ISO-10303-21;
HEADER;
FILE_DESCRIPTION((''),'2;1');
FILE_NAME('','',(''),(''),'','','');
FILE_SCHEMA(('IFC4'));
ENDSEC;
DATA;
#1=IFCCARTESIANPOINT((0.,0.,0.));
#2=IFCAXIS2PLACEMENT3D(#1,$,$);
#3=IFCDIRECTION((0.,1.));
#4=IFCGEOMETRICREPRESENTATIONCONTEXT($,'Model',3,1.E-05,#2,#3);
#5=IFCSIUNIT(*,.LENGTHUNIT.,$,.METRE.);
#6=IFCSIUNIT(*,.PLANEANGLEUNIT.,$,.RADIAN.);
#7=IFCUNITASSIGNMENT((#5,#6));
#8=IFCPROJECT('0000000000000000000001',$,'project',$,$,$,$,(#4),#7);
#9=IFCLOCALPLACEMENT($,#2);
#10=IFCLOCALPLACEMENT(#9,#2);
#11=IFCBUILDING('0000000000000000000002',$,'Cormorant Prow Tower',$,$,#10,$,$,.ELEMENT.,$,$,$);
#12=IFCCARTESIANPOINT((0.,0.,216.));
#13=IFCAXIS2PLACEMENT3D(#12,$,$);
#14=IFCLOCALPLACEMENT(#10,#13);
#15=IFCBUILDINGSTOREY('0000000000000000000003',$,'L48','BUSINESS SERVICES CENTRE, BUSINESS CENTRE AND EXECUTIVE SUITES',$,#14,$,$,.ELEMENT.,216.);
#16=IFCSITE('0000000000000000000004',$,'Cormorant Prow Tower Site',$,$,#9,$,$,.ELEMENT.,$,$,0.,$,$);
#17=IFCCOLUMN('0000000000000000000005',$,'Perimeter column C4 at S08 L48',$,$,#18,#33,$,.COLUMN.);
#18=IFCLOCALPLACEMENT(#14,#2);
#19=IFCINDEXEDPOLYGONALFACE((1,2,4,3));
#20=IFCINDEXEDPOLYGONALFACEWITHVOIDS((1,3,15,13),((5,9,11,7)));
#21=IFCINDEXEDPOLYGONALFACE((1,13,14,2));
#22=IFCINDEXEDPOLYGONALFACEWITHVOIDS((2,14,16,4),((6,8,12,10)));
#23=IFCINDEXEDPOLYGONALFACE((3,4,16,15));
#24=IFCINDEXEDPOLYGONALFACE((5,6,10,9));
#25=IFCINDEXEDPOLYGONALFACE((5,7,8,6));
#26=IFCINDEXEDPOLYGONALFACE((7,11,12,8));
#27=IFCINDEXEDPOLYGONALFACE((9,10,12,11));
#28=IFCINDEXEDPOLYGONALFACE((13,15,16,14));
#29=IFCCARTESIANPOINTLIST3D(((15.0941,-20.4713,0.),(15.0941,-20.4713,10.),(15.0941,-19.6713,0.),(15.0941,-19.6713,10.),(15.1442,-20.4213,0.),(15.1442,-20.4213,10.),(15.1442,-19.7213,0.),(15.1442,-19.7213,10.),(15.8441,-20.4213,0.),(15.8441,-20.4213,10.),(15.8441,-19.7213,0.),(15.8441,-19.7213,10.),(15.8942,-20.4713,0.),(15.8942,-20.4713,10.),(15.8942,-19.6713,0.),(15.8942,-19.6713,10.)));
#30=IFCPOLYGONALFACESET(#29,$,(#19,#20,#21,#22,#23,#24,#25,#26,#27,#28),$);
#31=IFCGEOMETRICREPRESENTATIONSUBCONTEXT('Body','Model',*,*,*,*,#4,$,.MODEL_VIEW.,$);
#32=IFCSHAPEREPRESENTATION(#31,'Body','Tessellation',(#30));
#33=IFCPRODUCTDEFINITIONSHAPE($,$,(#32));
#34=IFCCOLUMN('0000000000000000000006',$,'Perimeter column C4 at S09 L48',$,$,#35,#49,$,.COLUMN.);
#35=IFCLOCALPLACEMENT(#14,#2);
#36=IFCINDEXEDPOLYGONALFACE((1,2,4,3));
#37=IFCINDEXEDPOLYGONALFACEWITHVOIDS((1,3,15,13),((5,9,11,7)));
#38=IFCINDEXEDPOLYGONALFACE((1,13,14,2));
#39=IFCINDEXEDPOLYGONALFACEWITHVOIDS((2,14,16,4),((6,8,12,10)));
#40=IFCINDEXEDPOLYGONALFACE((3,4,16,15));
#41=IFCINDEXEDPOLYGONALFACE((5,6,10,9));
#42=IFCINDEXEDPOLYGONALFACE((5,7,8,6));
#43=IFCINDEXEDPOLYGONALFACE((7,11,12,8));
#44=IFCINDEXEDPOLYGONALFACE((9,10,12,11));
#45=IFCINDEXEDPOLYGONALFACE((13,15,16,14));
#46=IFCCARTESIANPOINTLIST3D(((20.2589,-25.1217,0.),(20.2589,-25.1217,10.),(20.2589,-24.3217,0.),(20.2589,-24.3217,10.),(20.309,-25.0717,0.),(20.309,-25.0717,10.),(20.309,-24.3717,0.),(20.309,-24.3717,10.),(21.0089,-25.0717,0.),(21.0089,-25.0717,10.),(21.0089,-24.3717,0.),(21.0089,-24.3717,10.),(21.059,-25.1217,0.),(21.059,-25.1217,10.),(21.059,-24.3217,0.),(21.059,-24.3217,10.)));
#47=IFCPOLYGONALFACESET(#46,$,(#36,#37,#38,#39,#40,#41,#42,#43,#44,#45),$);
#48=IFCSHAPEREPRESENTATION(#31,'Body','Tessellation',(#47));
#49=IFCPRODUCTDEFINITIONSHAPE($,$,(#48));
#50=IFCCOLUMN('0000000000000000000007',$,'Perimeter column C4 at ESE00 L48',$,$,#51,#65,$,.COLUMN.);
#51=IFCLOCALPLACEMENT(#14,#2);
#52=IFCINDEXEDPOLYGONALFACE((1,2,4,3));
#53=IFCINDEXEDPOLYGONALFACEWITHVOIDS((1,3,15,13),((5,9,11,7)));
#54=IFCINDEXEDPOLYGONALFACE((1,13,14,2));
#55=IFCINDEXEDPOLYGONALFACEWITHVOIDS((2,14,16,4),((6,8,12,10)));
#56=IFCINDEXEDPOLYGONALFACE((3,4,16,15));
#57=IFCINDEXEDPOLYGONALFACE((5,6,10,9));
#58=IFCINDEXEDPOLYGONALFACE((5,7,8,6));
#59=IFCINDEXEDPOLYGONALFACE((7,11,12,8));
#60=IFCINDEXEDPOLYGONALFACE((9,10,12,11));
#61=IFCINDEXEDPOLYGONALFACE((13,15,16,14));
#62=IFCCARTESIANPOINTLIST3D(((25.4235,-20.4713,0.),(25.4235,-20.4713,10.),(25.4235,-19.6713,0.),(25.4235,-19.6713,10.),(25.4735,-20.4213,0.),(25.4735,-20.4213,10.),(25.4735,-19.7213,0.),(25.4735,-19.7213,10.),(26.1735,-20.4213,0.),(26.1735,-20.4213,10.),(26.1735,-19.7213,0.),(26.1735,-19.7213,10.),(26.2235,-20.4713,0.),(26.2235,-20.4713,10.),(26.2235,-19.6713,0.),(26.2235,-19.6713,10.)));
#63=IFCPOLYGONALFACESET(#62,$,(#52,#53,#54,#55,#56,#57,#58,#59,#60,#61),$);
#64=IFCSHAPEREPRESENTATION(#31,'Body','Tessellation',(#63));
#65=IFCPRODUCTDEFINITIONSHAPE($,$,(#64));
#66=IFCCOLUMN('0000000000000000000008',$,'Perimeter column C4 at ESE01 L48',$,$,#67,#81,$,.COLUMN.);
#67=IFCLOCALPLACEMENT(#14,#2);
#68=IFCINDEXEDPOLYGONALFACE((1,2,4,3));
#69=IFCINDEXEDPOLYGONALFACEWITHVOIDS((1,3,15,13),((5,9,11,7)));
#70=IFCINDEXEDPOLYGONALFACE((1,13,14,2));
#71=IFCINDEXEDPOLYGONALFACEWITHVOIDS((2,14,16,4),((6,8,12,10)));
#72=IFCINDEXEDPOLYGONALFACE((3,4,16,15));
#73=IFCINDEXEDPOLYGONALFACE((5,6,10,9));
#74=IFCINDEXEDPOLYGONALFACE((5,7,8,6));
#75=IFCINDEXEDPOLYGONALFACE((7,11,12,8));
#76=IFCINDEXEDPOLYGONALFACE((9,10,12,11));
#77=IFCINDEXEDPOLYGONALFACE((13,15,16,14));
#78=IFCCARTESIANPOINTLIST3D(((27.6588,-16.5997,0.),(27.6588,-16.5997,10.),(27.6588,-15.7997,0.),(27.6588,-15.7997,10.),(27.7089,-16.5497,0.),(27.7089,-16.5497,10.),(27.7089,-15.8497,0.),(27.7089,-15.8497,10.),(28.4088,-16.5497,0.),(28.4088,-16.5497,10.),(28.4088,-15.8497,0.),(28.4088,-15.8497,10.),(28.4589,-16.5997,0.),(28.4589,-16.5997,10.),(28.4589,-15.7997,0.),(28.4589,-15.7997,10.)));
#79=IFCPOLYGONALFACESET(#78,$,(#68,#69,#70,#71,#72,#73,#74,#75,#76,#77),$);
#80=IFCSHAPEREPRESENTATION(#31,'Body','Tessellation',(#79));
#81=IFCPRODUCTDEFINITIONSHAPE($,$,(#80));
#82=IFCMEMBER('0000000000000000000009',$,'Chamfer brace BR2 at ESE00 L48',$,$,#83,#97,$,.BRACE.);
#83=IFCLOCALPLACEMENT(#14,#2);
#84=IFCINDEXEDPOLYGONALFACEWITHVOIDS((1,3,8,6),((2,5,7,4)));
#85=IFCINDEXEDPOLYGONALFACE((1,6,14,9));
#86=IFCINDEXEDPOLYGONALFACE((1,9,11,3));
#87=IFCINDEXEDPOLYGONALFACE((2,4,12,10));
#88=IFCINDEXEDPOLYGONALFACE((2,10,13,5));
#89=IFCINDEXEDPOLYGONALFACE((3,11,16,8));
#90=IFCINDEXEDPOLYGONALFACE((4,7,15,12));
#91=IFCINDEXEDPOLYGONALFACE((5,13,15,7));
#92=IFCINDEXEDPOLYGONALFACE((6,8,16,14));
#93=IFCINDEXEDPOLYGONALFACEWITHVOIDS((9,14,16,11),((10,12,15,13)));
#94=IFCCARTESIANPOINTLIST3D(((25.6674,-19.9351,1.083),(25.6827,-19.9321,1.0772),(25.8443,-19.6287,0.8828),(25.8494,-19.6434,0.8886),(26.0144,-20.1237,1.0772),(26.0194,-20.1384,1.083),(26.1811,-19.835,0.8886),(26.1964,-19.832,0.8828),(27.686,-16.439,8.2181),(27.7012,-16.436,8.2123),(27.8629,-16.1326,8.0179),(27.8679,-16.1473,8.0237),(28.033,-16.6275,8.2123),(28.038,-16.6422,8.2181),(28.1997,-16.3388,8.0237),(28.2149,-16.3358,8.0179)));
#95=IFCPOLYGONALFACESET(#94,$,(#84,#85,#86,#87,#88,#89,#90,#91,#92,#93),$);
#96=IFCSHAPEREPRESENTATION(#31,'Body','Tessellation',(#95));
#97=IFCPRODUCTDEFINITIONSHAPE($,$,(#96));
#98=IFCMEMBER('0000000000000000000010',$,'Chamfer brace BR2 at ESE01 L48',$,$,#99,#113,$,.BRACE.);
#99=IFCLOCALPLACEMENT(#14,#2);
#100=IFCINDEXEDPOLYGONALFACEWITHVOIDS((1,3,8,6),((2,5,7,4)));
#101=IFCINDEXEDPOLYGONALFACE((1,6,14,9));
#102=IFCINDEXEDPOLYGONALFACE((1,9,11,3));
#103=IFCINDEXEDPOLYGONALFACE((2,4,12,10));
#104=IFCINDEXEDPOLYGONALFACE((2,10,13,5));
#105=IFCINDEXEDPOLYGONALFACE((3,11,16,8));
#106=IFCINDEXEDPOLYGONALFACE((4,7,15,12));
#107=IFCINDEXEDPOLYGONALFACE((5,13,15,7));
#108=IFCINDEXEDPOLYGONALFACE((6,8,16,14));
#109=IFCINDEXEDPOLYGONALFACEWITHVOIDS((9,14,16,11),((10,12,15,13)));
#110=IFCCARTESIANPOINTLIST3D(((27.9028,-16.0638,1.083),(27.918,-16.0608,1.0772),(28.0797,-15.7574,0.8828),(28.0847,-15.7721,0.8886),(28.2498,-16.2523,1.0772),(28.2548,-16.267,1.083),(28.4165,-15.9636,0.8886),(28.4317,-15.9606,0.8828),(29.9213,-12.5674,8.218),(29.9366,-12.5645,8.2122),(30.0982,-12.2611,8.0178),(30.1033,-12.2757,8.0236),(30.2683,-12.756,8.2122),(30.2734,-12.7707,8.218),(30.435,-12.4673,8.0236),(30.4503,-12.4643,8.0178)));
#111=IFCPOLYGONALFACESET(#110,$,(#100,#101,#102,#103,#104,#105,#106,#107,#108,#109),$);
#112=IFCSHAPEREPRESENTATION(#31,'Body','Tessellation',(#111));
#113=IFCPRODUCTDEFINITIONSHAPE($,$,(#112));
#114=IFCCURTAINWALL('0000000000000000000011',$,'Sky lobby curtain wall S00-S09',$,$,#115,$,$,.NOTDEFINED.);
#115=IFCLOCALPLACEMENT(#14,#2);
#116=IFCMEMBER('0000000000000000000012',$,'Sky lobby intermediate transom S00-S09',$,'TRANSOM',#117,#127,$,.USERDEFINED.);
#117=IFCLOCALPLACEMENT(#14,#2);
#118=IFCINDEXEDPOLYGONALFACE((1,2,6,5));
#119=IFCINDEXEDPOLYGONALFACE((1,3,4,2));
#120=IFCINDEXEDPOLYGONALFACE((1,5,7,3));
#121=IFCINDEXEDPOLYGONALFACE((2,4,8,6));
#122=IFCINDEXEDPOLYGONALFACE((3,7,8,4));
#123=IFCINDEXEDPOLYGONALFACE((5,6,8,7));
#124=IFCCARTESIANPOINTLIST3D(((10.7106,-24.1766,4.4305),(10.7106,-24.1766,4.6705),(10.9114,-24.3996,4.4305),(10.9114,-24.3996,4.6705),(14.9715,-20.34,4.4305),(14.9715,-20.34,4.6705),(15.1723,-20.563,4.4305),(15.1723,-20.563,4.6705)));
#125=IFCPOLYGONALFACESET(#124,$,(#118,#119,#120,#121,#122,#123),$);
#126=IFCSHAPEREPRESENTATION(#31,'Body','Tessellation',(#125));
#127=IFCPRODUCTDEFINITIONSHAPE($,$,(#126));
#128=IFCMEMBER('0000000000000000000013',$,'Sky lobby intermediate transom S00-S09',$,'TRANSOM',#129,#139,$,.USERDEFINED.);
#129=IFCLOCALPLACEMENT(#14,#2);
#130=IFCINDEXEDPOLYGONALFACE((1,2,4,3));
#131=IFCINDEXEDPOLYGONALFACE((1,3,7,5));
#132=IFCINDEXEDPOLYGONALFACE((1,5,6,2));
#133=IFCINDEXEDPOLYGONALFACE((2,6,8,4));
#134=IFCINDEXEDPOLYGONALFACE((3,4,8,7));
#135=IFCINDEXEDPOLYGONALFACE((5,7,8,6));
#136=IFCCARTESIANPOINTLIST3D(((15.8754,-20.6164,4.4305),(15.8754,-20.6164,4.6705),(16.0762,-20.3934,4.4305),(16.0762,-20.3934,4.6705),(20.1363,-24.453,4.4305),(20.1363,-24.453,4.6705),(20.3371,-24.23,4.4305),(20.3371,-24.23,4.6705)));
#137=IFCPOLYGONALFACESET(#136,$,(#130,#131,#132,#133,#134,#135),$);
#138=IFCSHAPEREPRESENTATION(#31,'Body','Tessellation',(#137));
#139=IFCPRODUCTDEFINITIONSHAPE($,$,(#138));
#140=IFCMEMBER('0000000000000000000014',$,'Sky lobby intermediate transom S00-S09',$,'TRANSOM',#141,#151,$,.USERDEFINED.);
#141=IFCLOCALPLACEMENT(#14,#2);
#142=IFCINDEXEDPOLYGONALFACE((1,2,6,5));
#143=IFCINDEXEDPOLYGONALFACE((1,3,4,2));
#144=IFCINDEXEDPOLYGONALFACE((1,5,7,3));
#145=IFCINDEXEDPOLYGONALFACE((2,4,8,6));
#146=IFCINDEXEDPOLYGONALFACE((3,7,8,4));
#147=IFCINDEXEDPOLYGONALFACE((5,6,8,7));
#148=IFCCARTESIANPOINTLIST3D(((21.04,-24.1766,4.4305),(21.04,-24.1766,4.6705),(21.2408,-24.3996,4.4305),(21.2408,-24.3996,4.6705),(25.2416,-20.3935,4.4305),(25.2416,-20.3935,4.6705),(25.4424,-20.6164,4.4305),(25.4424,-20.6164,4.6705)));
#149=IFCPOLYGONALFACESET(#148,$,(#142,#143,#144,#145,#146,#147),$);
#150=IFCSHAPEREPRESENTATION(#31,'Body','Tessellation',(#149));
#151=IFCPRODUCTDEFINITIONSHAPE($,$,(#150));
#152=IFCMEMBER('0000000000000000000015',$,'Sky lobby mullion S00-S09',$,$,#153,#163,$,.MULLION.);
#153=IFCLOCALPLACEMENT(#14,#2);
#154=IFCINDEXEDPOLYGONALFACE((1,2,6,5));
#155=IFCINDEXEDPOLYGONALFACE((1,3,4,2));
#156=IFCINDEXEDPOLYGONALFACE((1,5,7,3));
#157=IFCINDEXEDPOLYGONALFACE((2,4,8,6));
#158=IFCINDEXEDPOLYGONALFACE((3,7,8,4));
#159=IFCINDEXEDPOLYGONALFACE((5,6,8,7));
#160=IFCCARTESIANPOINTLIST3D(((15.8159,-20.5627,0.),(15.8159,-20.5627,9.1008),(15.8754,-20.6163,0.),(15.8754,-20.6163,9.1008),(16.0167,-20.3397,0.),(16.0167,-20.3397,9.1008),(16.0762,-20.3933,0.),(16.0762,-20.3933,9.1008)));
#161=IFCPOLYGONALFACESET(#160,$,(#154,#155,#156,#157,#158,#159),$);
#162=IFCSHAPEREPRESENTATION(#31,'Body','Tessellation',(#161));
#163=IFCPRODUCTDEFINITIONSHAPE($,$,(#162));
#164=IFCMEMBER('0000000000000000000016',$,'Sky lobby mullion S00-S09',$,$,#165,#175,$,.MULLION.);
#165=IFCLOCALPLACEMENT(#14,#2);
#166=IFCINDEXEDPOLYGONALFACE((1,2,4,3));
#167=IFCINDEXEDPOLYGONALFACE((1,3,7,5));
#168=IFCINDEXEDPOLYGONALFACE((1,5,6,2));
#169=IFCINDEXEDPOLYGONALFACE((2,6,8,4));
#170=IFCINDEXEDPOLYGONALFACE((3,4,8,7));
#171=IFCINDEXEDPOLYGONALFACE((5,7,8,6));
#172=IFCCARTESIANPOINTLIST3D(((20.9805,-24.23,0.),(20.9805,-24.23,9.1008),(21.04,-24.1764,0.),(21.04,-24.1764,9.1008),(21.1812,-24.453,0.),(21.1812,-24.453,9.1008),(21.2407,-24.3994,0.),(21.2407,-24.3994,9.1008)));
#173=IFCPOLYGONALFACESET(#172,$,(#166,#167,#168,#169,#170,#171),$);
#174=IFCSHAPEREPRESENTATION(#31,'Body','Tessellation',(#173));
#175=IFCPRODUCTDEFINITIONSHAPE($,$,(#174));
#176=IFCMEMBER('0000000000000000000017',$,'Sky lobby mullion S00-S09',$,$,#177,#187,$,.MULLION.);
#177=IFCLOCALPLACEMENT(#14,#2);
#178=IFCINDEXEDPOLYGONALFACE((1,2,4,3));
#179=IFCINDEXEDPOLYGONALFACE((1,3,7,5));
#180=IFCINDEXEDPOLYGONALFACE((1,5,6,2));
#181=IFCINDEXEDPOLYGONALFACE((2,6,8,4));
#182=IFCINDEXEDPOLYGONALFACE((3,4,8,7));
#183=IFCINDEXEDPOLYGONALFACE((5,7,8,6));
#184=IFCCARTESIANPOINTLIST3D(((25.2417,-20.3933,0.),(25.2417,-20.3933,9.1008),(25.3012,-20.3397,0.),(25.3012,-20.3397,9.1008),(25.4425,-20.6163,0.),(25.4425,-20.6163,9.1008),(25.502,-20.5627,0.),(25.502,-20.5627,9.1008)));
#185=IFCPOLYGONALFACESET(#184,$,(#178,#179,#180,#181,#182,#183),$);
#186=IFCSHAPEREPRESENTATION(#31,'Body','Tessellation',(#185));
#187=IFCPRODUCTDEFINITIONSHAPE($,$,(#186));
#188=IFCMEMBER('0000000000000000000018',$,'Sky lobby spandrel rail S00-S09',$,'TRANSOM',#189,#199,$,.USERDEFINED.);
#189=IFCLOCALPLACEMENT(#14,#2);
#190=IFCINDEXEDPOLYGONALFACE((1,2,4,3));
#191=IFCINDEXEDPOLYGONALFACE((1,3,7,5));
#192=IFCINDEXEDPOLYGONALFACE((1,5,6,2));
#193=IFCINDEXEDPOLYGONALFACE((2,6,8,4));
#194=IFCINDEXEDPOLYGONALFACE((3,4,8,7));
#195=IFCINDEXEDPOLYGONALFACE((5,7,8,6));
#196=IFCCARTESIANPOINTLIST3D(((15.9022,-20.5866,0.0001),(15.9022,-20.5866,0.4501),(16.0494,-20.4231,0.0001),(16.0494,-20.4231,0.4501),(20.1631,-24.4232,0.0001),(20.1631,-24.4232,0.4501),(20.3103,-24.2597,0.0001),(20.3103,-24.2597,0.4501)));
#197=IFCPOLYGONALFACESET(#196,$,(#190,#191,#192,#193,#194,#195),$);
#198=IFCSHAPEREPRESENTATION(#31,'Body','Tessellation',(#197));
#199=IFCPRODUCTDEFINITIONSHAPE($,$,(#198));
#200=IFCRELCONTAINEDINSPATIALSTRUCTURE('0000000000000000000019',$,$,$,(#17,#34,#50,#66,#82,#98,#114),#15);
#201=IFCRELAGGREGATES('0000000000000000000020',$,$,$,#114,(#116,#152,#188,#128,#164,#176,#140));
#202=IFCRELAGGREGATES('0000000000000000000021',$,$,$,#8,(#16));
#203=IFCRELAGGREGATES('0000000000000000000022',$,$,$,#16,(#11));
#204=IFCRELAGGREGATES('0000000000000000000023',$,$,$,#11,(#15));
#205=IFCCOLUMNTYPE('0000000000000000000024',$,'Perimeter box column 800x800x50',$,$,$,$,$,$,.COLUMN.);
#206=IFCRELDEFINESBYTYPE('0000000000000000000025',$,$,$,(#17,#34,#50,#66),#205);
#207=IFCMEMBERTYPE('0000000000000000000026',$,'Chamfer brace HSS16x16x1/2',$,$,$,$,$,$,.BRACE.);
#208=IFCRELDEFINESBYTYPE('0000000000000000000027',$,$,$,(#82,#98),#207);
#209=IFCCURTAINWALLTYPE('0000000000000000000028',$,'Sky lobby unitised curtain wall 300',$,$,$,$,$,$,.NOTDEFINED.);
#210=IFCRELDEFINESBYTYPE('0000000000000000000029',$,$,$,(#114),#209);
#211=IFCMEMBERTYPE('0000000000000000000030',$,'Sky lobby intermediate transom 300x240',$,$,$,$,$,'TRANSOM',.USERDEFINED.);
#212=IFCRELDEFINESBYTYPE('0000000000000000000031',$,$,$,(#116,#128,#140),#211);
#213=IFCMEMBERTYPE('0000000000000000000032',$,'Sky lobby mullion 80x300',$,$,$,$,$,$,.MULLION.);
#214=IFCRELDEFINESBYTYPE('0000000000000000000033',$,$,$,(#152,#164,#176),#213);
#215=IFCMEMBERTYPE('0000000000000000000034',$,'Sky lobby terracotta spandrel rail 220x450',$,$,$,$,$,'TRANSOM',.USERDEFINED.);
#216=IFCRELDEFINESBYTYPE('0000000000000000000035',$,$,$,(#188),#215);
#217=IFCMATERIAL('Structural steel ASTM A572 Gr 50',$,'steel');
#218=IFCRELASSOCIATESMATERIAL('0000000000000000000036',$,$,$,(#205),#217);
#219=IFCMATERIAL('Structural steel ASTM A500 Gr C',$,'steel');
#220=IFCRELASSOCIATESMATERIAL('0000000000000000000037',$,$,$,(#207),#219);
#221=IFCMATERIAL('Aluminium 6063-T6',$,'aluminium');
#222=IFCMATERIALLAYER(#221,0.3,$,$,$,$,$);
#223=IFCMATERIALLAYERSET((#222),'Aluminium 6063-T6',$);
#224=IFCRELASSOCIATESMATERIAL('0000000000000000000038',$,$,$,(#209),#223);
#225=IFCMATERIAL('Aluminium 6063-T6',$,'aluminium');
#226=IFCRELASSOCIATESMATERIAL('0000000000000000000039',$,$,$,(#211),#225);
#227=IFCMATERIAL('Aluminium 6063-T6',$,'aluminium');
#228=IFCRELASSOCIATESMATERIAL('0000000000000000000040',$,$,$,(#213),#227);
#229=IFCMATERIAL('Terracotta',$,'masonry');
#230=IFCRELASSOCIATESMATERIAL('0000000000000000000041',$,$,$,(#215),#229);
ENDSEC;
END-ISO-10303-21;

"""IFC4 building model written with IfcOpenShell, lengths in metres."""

from ifc_helpers import new_model, si_unit, direction, frame, origin, origin_2d, place, context, subcontext, project, spatial, rectangle, hollow_rectangle, extrude, material, layer, layer_set, material_profile, profile_set, type_object, element, aggregate, save


model = new_model("IFC4")

# Units and contexts
model_context = context("Model", 3, precision=1e-05, world=origin(), true_north=direction((0.0, 1.0)))
body_context = subcontext(model_context, "Body", "Model", "MODEL_VIEW")
ifc_project = project(units=[si_unit("LENGTHUNIT", "METRE"), si_unit("PLANEANGLEUNIT", "RADIAN")], contexts=[model_context])

# Site, building, storey
site_placement = place(None, origin())
site = spatial("IfcSite", under=ifc_project, at=site_placement, Name="Cormorant Prow Tower Site", CompositionType="ELEMENT", RefElevation=0.0)
building_placement = place(site_placement, origin())
building = spatial("IfcBuilding", under=site, at=building_placement, Name="Cormorant Prow Tower", CompositionType="ELEMENT")
storey_placement = place(building_placement, frame((0.0, 0.0, 216.0)))
storey = spatial("IfcBuildingStorey", under=building, at=storey_placement, Name="L48", Description="BUSINESS SERVICES CENTRE, BUSINESS CENTRE AND EXECUTIVE SUITES", CompositionType="ELEMENT", Elevation=216.0)

# Columns
ifc_material_1 = material(Name="Structural steel ASTM A572 Gr 50", Category="steel")
ifc_material_profile_1 = material_profile(ifc_material_1, hollow_rectangle(XDim=0.8, YDim=0.8, WallThickness=0.05, at=origin_2d()), Name="Box 800x800x50")
ifc_profile_set_1 = profile_set([ifc_material_profile_1], Name="Structural steel ASTM A572 Gr 50")
column_type = type_object("IfcColumnType", Name="Perimeter box column 800x800x50", PredefinedType="COLUMN", material=ifc_profile_set_1)
for number, where, z_axis, x_axis, name in (
    (1, (15.4941, -20.0713, 0.0), (0.0, 0.0, 1.0), (1.0, 0.0, 0.0), "Perimeter column C4 at S08 L48"),
    (2, (20.6589, -24.7217, 0.0), (0.0, 0.0, 1.0), (1.0, 0.0, 0.0), "Perimeter column C4 at S09 L48"),
    (3, (25.8235, -20.0713, 0.0), (0.0, 0.0, 1.0), (1.0, 0.0, 0.0), "Perimeter column C4 at ESE00 L48"),
    (4, (28.0588, -16.1997, 0.0), (0.0, 0.0, 1.0), (1.0, 0.0, 0.0), "Perimeter column C4 at ESE01 L48"),
):
    element("IfcColumn", number, at=place(storey_placement, frame(where, z_axis=z_axis, x_axis=x_axis)), inside=storey, type_object=column_type, Name=name, PredefinedType="COLUMN", context=body_context, shape_type="SweptSolid", body=[
        extrude(hollow_rectangle(XDim=0.8, YDim=0.8, WallThickness=0.05, at=origin_2d()), origin(), (0.0, 0.0, 1.0), 10.0),
    ])

# Members
ifc_material_2 = material(Name="Structural steel ASTM A500 Gr C", Category="steel")
ifc_material_profile_2 = material_profile(ifc_material_2, hollow_rectangle(XDim=0.4065, YDim=0.4065, WallThickness=0.0117, at=origin_2d()), Name="HSS16x16x1/2")
ifc_profile_set_2 = profile_set([ifc_material_profile_2], Name="Structural steel ASTM A500 Gr C")
member_type_1 = type_object("IfcMemberType", Name="Chamfer brace HSS16x16x1/2", PredefinedType="BRACE", material=ifc_profile_set_2)
for number, where, z_axis, x_axis, name in (
    (5, (25.9319, -19.8835, 0.9829), (0.246228, 0.426462, 0.870346), (-0.866016, 0.500016, 0.0), "Chamfer brace BR2 at ESE00 L48"),
    (6, (28.1672, -16.0122, 0.9829), (0.246225, 0.426486, 0.870335), (-0.866032, 0.499989, 0.0), "Chamfer brace BR2 at ESE01 L48"),
):
    element("IfcMember", number, at=place(storey_placement, frame(where, z_axis=z_axis, x_axis=x_axis)), inside=storey, type_object=member_type_1, Name=name, PredefinedType="BRACE", context=body_context, shape_type="SweptSolid", body=[
        extrude(hollow_rectangle(XDim=0.4065, YDim=0.4065, WallThickness=0.0117, at=origin_2d()), origin(), (0.0, 0.0, 1.0), 8.198),
    ])

# Curtain wall, members
ifc_material_3 = material(Name="Aluminium 6063-T6", Category="aluminium")
ifc_layer_1 = layer(ifc_material_3, 0.3)
ifc_layer_set_1 = layer_set([ifc_layer_1], Name="Aluminium 6063-T6")
curtain_wall_type = type_object("IfcCurtainWallType", Name="Sky lobby unitised curtain wall 300", PredefinedType="NOTDEFINED", material=ifc_layer_set_1)
curtain_wall_placement = place(storey_placement, origin())
curtain_wall = element("IfcCurtainWall", 7, at=curtain_wall_placement, inside=storey, type_object=curtain_wall_type, Name="Sky lobby curtain wall S00-S09", PredefinedType="NOTDEFINED")
ifc_material_4 = material(Name="Aluminium 6063-T6", Category="aluminium")
ifc_material_profile_3 = material_profile(ifc_material_4, rectangle(XDim=0.3, YDim=0.24, at=origin_2d()), Name="Sky lobby intermediate transom 300x240")
ifc_profile_set_3 = profile_set([ifc_material_profile_3], Name="Aluminium 6063-T6")
member_type_2 = type_object("IfcMemberType", Name="Sky lobby intermediate transom 300x240", ElementType="TRANSOM", PredefinedType="USERDEFINED", material=ifc_profile_set_3)
member_1_placement = place(storey_placement, frame((10.811, -24.2881, 4.5505), z_axis=(0.74314, 0.669136, 0.0), x_axis=(-0.669136, 0.74314, 0.0)))
member_1 = element("IfcMember", 8, at=member_1_placement, type_object=member_type_2, Name="Sky lobby intermediate transom S00-S09", ObjectType="TRANSOM", PredefinedType="USERDEFINED", context=body_context, shape_type="SweptSolid", body=[
    extrude(rectangle(XDim=0.3, YDim=0.24, at=origin_2d()), origin(), (0.0, 0.0, 1.0), 5.7336),
])
member_2_placement = place(storey_placement, frame((15.9758, -20.5049, 4.5505), z_axis=(0.74314, -0.669136, 0.0), x_axis=(0.669136, 0.74314, 0.0)))
member_2 = element("IfcMember", 9, at=member_2_placement, type_object=member_type_2, Name="Sky lobby intermediate transom S00-S09", ObjectType="TRANSOM", PredefinedType="USERDEFINED", context=body_context, shape_type="SweptSolid", body=[
    extrude(rectangle(XDim=0.3, YDim=0.24, at=origin_2d()), origin(), (0.0, 0.0, 1.0), 5.7336),
])
member_3_placement = place(storey_placement, frame((21.1404, -24.2881, 4.5505), z_axis=(0.743144, 0.669132, 0.0), x_axis=(-0.669132, 0.743144, 0.0)))
member_3 = element("IfcMember", 10, at=member_3_placement, type_object=member_type_2, Name="Sky lobby intermediate transom S00-S09", ObjectType="TRANSOM", PredefinedType="USERDEFINED", context=body_context, shape_type="SweptSolid", body=[
    extrude(rectangle(XDim=0.3, YDim=0.24, at=origin_2d()), origin(), (0.0, 0.0, 1.0), 5.6538),
])
ifc_material_5 = material(Name="Aluminium 6063-T6", Category="aluminium")
ifc_material_profile_4 = material_profile(ifc_material_5, rectangle(XDim=0.3, YDim=0.0801, at=origin_2d()), Name="Sky lobby mullion 80x300")
ifc_profile_set_4 = profile_set([ifc_material_profile_4], Name="Aluminium 6063-T6")
member_type_3 = type_object("IfcMemberType", Name="Sky lobby mullion 80x300", PredefinedType="MULLION", material=ifc_profile_set_4)
member_4_placement = place(storey_placement, frame((15.946, -20.478, 0.0), z_axis=(0.0, 0.0, 1.0), x_axis=(0.669131, 0.743145, 0.0)))
member_4 = element("IfcMember", 11, at=member_4_placement, type_object=member_type_3, Name="Sky lobby mullion S00-S09", PredefinedType="MULLION", context=body_context, shape_type="SweptSolid", body=[
    extrude(rectangle(XDim=0.3, YDim=0.0801, at=origin_2d()), origin(), (0.0, 0.0, 1.0), 9.1008),
])
member_5_placement = place(storey_placement, frame((21.1106, -24.3147, 0.0), z_axis=(0.0, 0.0, 1.0), x_axis=(-0.669131, 0.743145, 0.0)))
member_5 = element("IfcMember", 12, at=member_5_placement, type_object=member_type_3, Name="Sky lobby mullion S00-S09", PredefinedType="MULLION", context=body_context, shape_type="SweptSolid", body=[
    extrude(rectangle(XDim=0.3, YDim=0.0801, at=origin_2d()), origin(), (0.0, 0.0, 1.0), 9.1008),
])
member_6_placement = place(storey_placement, frame((25.3718, -20.478, 0.0), z_axis=(0.0, 0.0, 1.0), x_axis=(-0.669131, 0.743145, 0.0)))
member_6 = element("IfcMember", 13, at=member_6_placement, type_object=member_type_3, Name="Sky lobby mullion S00-S09", PredefinedType="MULLION", context=body_context, shape_type="SweptSolid", body=[
    extrude(rectangle(XDim=0.3, YDim=0.0801, at=origin_2d()), origin(), (0.0, 0.0, 1.0), 9.1008),
])
ifc_material_6 = material(Name="Terracotta", Category="masonry")
ifc_material_profile_5 = material_profile(ifc_material_6, rectangle(XDim=0.22, YDim=0.45, at=origin_2d()), Name="Sky lobby terracotta spandrel rail 220x450")
ifc_profile_set_5 = profile_set([ifc_material_profile_5], Name="Terracotta")
member_type_4 = type_object("IfcMemberType", Name="Sky lobby terracotta spandrel rail 220x450", ElementType="TRANSOM", PredefinedType="USERDEFINED", material=ifc_profile_set_5)
member_7_placement = place(storey_placement, frame((15.9758, -20.5049, 0.2251), z_axis=(0.74314, -0.669136, 0.0), x_axis=(0.669136, 0.74314, 0.0)))
member_7 = element("IfcMember", 14, at=member_7_placement, type_object=member_type_4, Name="Sky lobby spandrel rail S00-S09", ObjectType="TRANSOM", PredefinedType="USERDEFINED", context=body_context, shape_type="SweptSolid", body=[
    extrude(rectangle(XDim=0.22, YDim=0.45, at=origin_2d()), origin(), (0.0, 0.0, 1.0), 5.7336),
])

aggregate(curtain_wall, [member_1, member_4, member_7, member_2, member_5, member_6, member_3])

save(model, "model.ifc")
